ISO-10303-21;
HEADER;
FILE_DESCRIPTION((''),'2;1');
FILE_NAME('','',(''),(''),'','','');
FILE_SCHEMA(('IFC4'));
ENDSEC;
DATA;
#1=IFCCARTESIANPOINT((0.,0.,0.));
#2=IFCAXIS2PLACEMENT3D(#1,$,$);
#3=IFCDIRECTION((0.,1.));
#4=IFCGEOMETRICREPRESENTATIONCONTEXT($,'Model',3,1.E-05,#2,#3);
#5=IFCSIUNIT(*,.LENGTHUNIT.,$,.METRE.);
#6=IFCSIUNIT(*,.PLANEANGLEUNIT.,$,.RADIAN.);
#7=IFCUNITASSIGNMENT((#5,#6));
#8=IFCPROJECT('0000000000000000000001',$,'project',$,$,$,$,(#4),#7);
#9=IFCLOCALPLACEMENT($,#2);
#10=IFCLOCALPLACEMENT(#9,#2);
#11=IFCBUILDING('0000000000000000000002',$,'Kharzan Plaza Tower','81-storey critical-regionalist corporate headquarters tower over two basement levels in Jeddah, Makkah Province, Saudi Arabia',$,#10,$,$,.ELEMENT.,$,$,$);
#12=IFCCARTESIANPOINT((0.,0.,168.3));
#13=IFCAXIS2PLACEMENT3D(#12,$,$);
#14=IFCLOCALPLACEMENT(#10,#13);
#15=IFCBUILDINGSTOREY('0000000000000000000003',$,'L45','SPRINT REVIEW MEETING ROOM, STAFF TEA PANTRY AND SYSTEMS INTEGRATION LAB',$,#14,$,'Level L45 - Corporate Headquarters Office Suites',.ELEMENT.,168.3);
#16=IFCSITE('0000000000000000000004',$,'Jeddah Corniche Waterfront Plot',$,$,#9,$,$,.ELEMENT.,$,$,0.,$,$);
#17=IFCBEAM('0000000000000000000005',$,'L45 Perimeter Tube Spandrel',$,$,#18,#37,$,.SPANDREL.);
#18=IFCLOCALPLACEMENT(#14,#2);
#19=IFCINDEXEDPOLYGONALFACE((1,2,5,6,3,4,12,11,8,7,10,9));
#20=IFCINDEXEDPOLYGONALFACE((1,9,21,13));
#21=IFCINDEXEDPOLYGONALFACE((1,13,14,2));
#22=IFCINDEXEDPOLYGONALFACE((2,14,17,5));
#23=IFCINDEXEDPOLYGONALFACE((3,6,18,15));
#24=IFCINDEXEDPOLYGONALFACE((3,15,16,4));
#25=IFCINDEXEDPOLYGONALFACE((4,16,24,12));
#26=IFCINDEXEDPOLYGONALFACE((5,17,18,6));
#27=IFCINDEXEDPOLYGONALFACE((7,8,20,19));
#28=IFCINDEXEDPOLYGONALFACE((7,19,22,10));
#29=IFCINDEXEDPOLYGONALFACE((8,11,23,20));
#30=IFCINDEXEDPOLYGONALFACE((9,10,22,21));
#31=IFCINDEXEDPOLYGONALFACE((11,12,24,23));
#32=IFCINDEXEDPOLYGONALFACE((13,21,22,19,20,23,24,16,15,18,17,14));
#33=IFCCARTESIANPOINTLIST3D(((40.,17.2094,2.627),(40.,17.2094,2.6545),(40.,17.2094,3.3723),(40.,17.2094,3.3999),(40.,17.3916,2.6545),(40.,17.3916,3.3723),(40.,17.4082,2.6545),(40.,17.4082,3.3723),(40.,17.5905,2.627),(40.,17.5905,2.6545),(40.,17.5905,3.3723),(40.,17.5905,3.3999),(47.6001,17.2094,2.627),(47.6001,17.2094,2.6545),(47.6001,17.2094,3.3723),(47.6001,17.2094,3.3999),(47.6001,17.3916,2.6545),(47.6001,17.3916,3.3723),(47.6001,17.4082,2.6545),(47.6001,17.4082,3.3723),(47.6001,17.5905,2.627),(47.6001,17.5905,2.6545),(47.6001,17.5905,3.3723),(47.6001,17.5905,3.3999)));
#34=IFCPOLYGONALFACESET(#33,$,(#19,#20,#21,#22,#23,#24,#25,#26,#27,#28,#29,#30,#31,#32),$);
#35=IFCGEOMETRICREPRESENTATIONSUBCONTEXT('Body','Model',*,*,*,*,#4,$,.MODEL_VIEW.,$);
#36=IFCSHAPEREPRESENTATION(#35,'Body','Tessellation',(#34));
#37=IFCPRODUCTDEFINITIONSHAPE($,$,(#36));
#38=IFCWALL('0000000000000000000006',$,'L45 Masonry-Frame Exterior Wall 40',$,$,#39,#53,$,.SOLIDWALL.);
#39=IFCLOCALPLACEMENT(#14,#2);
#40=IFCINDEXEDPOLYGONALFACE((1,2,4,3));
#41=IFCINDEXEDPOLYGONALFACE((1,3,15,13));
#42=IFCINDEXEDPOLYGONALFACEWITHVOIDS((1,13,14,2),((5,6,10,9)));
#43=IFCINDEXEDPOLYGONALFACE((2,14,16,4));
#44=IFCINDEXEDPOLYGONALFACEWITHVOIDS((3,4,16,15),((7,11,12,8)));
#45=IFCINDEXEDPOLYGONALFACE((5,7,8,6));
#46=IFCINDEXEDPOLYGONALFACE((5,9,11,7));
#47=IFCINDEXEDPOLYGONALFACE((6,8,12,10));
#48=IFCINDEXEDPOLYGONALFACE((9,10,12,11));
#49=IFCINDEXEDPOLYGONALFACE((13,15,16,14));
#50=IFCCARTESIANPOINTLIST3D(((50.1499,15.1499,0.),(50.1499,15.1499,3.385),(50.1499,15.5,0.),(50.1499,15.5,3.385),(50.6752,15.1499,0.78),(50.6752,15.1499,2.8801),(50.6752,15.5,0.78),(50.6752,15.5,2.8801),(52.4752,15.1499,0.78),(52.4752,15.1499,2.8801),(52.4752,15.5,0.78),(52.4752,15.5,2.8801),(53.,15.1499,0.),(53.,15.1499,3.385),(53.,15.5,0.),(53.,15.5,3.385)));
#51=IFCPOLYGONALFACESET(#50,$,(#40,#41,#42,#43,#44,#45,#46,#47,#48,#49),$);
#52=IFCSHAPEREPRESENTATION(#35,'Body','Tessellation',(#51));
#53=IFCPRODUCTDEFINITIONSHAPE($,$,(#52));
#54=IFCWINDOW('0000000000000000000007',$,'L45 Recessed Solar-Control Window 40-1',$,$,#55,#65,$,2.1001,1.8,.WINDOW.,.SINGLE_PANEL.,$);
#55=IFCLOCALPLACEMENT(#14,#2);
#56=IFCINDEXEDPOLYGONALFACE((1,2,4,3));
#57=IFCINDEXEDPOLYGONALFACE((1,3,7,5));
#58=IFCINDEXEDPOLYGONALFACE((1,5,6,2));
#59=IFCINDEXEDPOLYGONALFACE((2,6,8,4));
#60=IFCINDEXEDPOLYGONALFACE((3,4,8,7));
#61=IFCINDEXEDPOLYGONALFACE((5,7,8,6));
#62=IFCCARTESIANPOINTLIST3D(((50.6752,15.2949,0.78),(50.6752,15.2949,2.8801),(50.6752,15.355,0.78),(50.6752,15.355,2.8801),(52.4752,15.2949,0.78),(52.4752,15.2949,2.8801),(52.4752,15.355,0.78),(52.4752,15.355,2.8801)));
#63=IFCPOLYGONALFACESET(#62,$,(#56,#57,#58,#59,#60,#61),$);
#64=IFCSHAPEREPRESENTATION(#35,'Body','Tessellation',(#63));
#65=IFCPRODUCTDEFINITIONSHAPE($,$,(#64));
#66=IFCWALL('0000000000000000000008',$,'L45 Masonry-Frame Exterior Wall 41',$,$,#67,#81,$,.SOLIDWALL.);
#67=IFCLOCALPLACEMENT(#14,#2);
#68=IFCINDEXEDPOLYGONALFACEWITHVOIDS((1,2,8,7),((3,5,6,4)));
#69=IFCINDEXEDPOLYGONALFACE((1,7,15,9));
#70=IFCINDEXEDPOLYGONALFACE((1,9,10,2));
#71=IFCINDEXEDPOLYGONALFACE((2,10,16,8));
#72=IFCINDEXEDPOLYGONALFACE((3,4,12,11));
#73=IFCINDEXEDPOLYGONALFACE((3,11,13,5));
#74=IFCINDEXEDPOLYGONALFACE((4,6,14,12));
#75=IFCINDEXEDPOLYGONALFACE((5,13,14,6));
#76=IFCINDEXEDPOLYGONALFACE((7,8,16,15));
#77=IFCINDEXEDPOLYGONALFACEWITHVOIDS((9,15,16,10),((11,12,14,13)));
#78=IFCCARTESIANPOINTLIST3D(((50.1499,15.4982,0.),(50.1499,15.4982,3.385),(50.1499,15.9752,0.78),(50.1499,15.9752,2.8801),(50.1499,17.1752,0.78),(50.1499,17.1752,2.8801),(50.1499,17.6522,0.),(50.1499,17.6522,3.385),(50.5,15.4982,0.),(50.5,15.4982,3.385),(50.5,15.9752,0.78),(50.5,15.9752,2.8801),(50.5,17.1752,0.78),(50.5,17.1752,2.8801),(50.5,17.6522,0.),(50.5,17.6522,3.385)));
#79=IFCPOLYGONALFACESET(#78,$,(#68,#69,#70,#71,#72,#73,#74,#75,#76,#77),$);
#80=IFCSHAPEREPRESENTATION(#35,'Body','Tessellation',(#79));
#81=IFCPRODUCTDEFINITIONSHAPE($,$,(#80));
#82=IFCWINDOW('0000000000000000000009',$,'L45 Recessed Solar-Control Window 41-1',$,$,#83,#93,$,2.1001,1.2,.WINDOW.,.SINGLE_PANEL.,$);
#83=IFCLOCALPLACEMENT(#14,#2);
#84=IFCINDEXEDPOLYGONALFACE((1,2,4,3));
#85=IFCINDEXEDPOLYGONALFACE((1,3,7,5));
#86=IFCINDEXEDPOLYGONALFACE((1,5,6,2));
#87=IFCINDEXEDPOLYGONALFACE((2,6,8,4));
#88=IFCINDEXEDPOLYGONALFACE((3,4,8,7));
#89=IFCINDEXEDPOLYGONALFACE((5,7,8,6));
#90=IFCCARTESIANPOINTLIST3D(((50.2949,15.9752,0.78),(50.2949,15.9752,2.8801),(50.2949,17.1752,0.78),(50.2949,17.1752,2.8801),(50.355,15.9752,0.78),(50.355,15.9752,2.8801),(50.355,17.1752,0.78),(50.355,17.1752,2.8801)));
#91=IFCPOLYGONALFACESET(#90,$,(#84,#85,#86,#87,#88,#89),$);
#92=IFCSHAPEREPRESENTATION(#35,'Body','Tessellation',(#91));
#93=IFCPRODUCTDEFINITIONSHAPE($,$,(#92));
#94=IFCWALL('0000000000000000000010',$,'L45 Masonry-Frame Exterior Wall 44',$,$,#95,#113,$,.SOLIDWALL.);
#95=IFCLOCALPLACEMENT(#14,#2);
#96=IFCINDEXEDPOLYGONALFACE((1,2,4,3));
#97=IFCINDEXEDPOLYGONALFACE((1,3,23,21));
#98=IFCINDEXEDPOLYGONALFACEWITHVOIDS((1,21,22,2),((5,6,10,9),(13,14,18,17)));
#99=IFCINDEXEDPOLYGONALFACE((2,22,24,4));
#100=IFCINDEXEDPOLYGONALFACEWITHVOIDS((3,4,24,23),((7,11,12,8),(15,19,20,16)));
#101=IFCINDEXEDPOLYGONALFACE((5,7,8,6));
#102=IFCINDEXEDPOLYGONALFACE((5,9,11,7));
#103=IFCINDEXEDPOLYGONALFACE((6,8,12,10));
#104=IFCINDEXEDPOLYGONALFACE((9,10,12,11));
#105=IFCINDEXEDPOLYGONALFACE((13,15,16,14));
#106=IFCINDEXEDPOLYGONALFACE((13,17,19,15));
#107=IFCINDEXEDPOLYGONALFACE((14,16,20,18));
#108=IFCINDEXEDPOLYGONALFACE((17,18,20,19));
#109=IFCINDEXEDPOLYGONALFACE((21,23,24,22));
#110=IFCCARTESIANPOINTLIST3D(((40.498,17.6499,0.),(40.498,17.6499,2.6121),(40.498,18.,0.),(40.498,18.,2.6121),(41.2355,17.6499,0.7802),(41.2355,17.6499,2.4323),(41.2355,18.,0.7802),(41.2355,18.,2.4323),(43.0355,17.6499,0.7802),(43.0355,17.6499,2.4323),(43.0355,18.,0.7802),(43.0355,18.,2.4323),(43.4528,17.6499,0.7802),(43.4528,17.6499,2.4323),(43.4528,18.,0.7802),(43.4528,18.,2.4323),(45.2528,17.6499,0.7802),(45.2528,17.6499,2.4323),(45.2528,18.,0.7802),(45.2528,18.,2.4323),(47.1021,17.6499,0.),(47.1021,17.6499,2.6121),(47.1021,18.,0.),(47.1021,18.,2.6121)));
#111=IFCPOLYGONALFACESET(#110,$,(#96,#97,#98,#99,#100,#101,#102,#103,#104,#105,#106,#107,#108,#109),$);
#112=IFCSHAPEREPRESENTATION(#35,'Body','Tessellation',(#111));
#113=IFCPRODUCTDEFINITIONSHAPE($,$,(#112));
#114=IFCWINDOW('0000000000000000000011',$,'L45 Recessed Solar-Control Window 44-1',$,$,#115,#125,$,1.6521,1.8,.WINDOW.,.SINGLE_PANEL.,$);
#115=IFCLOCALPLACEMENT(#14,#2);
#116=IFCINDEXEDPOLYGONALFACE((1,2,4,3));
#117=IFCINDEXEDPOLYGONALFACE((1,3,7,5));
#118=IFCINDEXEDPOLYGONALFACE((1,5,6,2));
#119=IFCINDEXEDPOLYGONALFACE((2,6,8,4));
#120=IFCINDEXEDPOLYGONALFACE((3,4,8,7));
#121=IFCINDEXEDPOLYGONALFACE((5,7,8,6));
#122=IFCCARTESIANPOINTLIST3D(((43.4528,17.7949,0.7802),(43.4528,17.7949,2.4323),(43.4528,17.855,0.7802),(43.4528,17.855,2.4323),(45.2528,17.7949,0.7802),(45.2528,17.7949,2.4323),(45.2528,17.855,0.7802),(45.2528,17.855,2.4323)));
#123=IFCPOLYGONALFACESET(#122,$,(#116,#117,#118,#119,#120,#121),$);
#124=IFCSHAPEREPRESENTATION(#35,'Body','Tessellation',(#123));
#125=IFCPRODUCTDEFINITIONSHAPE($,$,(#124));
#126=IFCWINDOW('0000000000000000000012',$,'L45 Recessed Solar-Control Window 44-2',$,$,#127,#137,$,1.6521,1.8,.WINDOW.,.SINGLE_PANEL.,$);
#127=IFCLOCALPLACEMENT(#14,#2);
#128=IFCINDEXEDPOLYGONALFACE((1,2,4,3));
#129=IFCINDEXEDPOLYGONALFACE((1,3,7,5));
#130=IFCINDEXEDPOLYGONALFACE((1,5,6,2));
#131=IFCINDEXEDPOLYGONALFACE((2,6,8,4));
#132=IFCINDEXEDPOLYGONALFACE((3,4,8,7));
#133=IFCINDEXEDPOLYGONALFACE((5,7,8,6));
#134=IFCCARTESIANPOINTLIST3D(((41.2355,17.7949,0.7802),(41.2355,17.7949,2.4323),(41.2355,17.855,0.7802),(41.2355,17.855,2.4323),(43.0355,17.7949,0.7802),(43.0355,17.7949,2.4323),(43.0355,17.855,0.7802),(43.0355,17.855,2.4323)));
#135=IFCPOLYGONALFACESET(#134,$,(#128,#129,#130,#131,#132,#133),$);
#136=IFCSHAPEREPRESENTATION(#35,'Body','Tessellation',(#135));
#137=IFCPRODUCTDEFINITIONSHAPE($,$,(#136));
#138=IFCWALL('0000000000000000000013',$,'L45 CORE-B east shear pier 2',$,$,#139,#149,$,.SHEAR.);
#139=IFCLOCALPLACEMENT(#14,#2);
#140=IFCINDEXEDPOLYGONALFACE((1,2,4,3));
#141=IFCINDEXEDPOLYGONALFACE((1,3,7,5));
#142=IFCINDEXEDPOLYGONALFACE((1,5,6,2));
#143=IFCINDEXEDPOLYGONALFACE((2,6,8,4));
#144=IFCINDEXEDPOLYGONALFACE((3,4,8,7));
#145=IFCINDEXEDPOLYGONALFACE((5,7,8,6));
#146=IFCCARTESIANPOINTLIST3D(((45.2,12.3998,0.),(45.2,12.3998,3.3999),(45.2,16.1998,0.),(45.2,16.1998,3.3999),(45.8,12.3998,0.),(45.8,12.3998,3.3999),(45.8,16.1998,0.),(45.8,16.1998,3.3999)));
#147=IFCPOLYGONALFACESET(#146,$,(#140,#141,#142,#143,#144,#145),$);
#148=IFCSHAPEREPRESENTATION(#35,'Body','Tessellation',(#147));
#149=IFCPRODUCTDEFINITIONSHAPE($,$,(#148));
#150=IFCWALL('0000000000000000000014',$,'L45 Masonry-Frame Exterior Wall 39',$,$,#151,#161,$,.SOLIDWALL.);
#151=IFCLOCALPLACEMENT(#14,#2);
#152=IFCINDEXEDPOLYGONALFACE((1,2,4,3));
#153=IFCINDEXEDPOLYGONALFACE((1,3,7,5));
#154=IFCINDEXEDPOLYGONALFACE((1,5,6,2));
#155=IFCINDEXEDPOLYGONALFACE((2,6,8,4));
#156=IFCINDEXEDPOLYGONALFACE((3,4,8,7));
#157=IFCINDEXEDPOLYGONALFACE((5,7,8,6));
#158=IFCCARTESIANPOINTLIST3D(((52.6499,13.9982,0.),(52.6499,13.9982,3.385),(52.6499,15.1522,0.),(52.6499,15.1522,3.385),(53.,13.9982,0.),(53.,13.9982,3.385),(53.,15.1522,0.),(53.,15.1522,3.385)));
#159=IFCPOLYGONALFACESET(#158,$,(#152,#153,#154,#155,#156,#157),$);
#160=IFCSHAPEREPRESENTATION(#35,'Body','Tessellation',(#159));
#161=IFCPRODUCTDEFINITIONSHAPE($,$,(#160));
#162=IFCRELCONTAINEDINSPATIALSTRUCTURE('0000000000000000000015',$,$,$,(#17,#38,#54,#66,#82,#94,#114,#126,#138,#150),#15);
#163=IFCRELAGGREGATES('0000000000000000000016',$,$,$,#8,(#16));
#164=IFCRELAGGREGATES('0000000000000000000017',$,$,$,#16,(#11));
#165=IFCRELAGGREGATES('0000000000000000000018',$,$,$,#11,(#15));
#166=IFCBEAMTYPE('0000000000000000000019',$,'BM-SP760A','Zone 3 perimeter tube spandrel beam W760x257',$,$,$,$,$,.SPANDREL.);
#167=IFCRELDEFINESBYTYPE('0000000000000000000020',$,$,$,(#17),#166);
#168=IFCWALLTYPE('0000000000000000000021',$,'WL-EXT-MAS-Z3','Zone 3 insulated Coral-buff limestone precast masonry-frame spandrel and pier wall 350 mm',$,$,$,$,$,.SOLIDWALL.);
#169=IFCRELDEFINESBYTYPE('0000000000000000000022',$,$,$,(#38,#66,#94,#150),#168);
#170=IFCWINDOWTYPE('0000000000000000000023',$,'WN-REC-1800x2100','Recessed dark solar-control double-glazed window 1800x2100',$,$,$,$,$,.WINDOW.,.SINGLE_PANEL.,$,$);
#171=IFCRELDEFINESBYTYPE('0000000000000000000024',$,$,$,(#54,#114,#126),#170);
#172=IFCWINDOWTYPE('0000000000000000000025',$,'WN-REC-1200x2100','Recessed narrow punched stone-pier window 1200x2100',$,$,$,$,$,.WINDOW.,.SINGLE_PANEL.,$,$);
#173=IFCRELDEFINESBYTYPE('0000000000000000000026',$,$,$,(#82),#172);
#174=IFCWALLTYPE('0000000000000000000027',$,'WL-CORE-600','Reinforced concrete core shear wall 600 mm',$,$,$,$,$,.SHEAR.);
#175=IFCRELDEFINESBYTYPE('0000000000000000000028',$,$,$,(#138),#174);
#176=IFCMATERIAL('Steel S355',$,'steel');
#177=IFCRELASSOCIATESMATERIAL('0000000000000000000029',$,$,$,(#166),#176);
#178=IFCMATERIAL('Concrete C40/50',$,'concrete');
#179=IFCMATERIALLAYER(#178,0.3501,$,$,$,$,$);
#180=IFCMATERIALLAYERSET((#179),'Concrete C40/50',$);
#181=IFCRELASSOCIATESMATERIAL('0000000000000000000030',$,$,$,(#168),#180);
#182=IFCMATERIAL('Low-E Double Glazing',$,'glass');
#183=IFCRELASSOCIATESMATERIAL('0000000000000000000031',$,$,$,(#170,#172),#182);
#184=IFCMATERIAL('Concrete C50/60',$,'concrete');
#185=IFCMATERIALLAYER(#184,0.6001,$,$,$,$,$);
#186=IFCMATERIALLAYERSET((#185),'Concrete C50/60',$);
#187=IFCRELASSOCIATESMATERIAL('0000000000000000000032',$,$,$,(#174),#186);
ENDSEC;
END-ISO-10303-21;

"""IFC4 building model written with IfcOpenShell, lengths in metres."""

from ifc_helpers import new_model, si_unit, direction, frame, frame_2d, origin, origin_2d, place, context, subcontext, project, spatial, rectangle, i_section, extrude, source, transform, mapped, material, layer, layer_set, material_profile, profile_set, type_object, element, fill, save


model = new_model("IFC4")

# Units and contexts
model_context = context("Model", 3, precision=1e-05, world=origin(), true_north=direction((0.0, 1.0)))
body_context = subcontext(model_context, "Body", "Model", "MODEL_VIEW")
ifc_project = project(units=[si_unit("LENGTHUNIT", "METRE"), si_unit("PLANEANGLEUNIT", "RADIAN")], contexts=[model_context])

# Site, building, storey
site_placement = place(None, origin())
site = spatial("IfcSite", under=ifc_project, at=site_placement, Name="Jeddah Corniche Waterfront Plot", CompositionType="ELEMENT", RefElevation=0.0)
building_placement = place(site_placement, origin())
building = spatial("IfcBuilding", under=site, at=building_placement, Name="Kharzan Plaza Tower", Description="81-storey critical-regionalist corporate headquarters tower over two basement levels in Jeddah, Makkah Province, Saudi Arabia", CompositionType="ELEMENT")
storey_placement = place(building_placement, frame((0.0, 0.0, 168.3)))
storey = spatial("IfcBuildingStorey", under=building, at=storey_placement, Name="L45", Description="SPRINT REVIEW MEETING ROOM, STAFF TEA PANTRY AND SYSTEMS INTEGRATION LAB", LongName="Level L45 - Corporate Headquarters Office Suites", CompositionType="ELEMENT", Elevation=168.3)

# Shared definitions
ifc_material_1 = material(Name="Concrete C50/60", Category="concrete")

# Beam
ifc_material_2 = material(Name="Steel S355", Category="steel")
ifc_material_profile_1 = material_profile(ifc_material_2, i_section(OverallWidth=0.3811, OverallDepth=0.7729, WebThickness=0.0166, FlangeThickness=0.0276, at=origin_2d()), Name="W760x257")
ifc_profile_set_1 = profile_set([ifc_material_profile_1], Name="Steel S355")
beam_type_1 = type_object("IfcBeamType", Name="BM-SP760A", Description="Zone 3 perimeter tube spandrel beam W760x257", PredefinedType="SPANDREL", material=ifc_profile_set_1)
shared_shape_1 = source(origin(), body_context, "Body", "SweptSolid", [
    extrude(i_section(OverallWidth=0.3811, OverallDepth=0.7729, WebThickness=0.0166, FlangeThickness=0.0276, at=origin_2d()), origin(), (0.0, 0.0, 1.0), 7.6001),
])
beam_1_placement = place(storey_placement, frame((40.0, 17.3999, 3.0134), z_axis=(1.0, 0.0, 0.0), x_axis=(0.0, 1.0, 0.0)))
element("IfcBeam", 1, at=beam_1_placement, inside=storey, type_object=beam_type_1, Name="L45 Perimeter Tube Spandrel", PredefinedType="SPANDREL", context=body_context, shape_type="MappedRepresentation", body=[
    mapped(shared_shape_1, transform((0.0, 0.0, 0.0), x_axis=(1.0, 0.0, 0.0), y_axis=(0.0, 1.0, 0.0), z_axis=(0.0, 0.0, 1.0))),
])

# Walls, openings, windows
ifc_material_3 = material(Name="Concrete C40/50", Category="concrete")
ifc_layer_1 = layer(ifc_material_3, 0.3501)
ifc_layer_set_1 = layer_set([ifc_layer_1], Name="Concrete C40/50")
wall_type_1 = type_object("IfcWallType", Name="WL-EXT-MAS-Z3", Description="Zone 3 insulated Coral-buff limestone precast masonry-frame spandrel and pier wall 350 mm", PredefinedType="SOLIDWALL", material=ifc_layer_set_1)
wall_1_placement = place(storey_placement, frame((53.0, 15.325, 0.0), z_axis=(0.0, 0.0, 1.0), x_axis=(-1.0, 0.0, 0.0)))
wall_1 = element("IfcWall", 2, at=wall_1_placement, inside=storey, type_object=wall_type_1, Name="L45 Masonry-Frame Exterior Wall 40", PredefinedType="SOLIDWALL", context=body_context, shape_type="SweptSolid", body=[
    extrude(rectangle(XDim=2.8501, YDim=0.3501, at=frame_2d((1.425, 0.0))), origin(), (0.0, 0.0, 1.0), 3.385),
])
opening_1_placement = place(wall_1_placement, frame((0.5249, 0.0, 0.78)))
opening_1 = element("IfcOpeningElement", 3, at=opening_1_placement, cuts=wall_1, PredefinedType="OPENING", context=body_context, shape_type="SweptSolid", body=[
    extrude(rectangle(XDim=1.8, YDim=2.1001, at=frame_2d((0.8999, 1.05))), frame((0.0, 0.1851, 0.0), z_axis=(0.0, -1.0, 0.0), x_axis=(1.0, 0.0, 0.0)), (0.0, 0.0, 1.0), 0.3701),
])
ifc_material_4 = material(Name="Low-E Double Glazing", Category="glass")
window_type_1 = type_object("IfcWindowType", Name="WN-REC-1800x2100", Description="Recessed dark solar-control double-glazed window 1800x2100", PartitioningType="SINGLE_PANEL", PredefinedType="WINDOW", material=ifc_material_4)
shared_shape_2 = source(origin(), body_context, "Body", "SweptSolid", [
    extrude(rectangle(XDim=1.8, YDim=2.1001, at=frame_2d((0.8999, 1.05))), frame((0.0, 0.03, 0.0), z_axis=(0.0, -1.0, 0.0), x_axis=(1.0, 0.0, 0.0)), (0.0, 0.0, 1.0), 0.0601),
])
window_1_placement = place(opening_1_placement, origin())
window_1 = element("IfcWindow", 4, at=window_1_placement, inside=storey, type_object=window_type_1, Name="L45 Recessed Solar-Control Window 40-1", OverallHeight=2.1001, OverallWidth=1.8, PartitioningType="SINGLE_PANEL", PredefinedType="WINDOW", context=body_context, shape_type="MappedRepresentation", body=[
    mapped(shared_shape_2, transform((0.0, 0.0, 0.0), x_axis=(1.0, 0.0, 0.0), y_axis=(0.0, 1.0, 0.0), z_axis=(0.0, 0.0, 1.0))),
])
fill(opening_1, window_1)
wall_2_placement = place(storey_placement, frame((50.325, 15.498, 0.0), z_axis=(0.0, 0.0, 1.0), x_axis=(0.0, 1.0, 0.0)))
wall_2 = element("IfcWall", 5, at=wall_2_placement, inside=storey, type_object=wall_type_1, Name="L45 Masonry-Frame Exterior Wall 41", PredefinedType="SOLIDWALL", context=body_context, shape_type="SweptSolid", body=[
    extrude(rectangle(XDim=2.1541, YDim=0.3501, at=frame_2d((1.0771, 0.0))), origin(), (0.0, 0.0, 1.0), 3.385),
])
opening_2_placement = place(wall_2_placement, frame((0.4771, 0.0, 0.78)))
opening_2 = element("IfcOpeningElement", 6, at=opening_2_placement, cuts=wall_2, PredefinedType="OPENING", context=body_context, shape_type="SweptSolid", body=[
    extrude(rectangle(XDim=1.2, YDim=2.1001, at=frame_2d((0.6001, 1.05))), frame((0.0, 0.1851, 0.0), z_axis=(0.0, -1.0, 0.0), x_axis=(1.0, 0.0, 0.0)), (0.0, 0.0, 1.0), 0.3701),
])
window_type_2 = type_object("IfcWindowType", Name="WN-REC-1200x2100", Description="Recessed narrow punched stone-pier window 1200x2100", PartitioningType="SINGLE_PANEL", PredefinedType="WINDOW", material=ifc_material_4)
shared_shape_3 = source(origin(), body_context, "Body", "SweptSolid", [
    extrude(rectangle(XDim=1.2, YDim=2.1001, at=frame_2d((0.6001, 1.05))), frame((0.0, 0.03, 0.0), z_axis=(0.0, -1.0, 0.0), x_axis=(1.0, 0.0, 0.0)), (0.0, 0.0, 1.0), 0.0601),
])
window_2_placement = place(opening_2_placement, origin())
window_2 = element("IfcWindow", 7, at=window_2_placement, inside=storey, type_object=window_type_2, Name="L45 Recessed Solar-Control Window 41-1", OverallHeight=2.1001, OverallWidth=1.2, PartitioningType="SINGLE_PANEL", PredefinedType="WINDOW", context=body_context, shape_type="MappedRepresentation", body=[
    mapped(shared_shape_3, transform((0.0, 0.0, 0.0), x_axis=(1.0, 0.0, 0.0), y_axis=(0.0, 1.0, 0.0), z_axis=(0.0, 0.0, 1.0))),
])
fill(opening_2, window_2)

# Wall, openings, windows
wall_3_placement = place(storey_placement, frame((47.1021, 17.825, 0.0), z_axis=(0.0, 0.0, 1.0), x_axis=(-1.0, 0.0, 0.0)))
wall_3 = element("IfcWall", 8, at=wall_3_placement, inside=storey, type_object=wall_type_1, Name="L45 Masonry-Frame Exterior Wall 44", PredefinedType="SOLIDWALL", context=body_context, shape_type="SweptSolid", body=[
    extrude(rectangle(XDim=6.604, YDim=0.3501, at=frame_2d((3.302, 0.0))), origin(), (0.0, 0.0, 1.0), 2.6121),
])
opening_3_placement = place(wall_3_placement, frame((1.8494, 0.0, 0.78)))
opening_3 = element("IfcOpeningElement", 9, at=opening_3_placement, cuts=wall_3, PredefinedType="OPENING", context=body_context, shape_type="SweptSolid", body=[
    extrude(rectangle(XDim=1.8, YDim=1.6521, at=frame_2d((0.8999, 0.8262))), frame((0.0, 0.1851, 0.0), z_axis=(0.0, -1.0, 0.0), x_axis=(1.0, 0.0, 0.0)), (0.0, 0.0, 1.0), 0.3701),
])
opening_4_placement = place(wall_3_placement, frame((4.0667, 0.0, 0.78)))
opening_4 = element("IfcOpeningElement", 10, at=opening_4_placement, cuts=wall_3, PredefinedType="OPENING", context=body_context, shape_type="SweptSolid", body=[
    extrude(rectangle(XDim=1.8, YDim=1.6521, at=frame_2d((0.8999, 0.8262))), frame((0.0, 0.1851, 0.0), z_axis=(0.0, -1.0, 0.0), x_axis=(1.0, 0.0, 0.0)), (0.0, 0.0, 1.0), 0.3701),
])
shared_shape_4 = source(origin(), body_context, "Body", "SweptSolid", [
    extrude(rectangle(XDim=1.8, YDim=1.6521, at=frame_2d((0.8999, 0.8262))), frame((0.0, 0.03, 0.0), z_axis=(0.0, -1.0, 0.0), x_axis=(1.0, 0.0, 0.0)), (0.0, 0.0, 1.0), 0.0601),
])
window_3_placement = place(opening_3_placement, origin())
window_3 = element("IfcWindow", 11, at=window_3_placement, inside=storey, type_object=window_type_1, Name="L45 Recessed Solar-Control Window 44-1", OverallHeight=1.6521, OverallWidth=1.8, PartitioningType="SINGLE_PANEL", PredefinedType="WINDOW", context=body_context, shape_type="MappedRepresentation", body=[
    mapped(shared_shape_4, transform((0.0, 0.0, 0.0), x_axis=(1.0, 0.0, 0.0), y_axis=(0.0, 1.0, 0.0), z_axis=(0.0, 0.0, 1.0))),
])
fill(opening_3, window_3)
window_4_placement = place(opening_4_placement, origin())
window_4 = element("IfcWindow", 12, at=window_4_placement, inside=storey, type_object=window_type_1, Name="L45 Recessed Solar-Control Window 44-2", OverallHeight=1.6521, OverallWidth=1.8, PartitioningType="SINGLE_PANEL", PredefinedType="WINDOW", context=body_context, shape_type="MappedRepresentation", body=[
    mapped(shared_shape_4, transform((0.0, 0.0, 0.0), x_axis=(1.0, 0.0, 0.0), y_axis=(0.0, 1.0, 0.0), z_axis=(0.0, 0.0, 1.0))),
])
fill(opening_4, window_4)

# Walls
ifc_layer_2 = layer(ifc_material_1, 0.6001)
ifc_layer_set_2 = layer_set([ifc_layer_2], Name="Concrete C50/60")
wall_type_2 = type_object("IfcWallType", Name="WL-CORE-600", Description="Reinforced concrete core shear wall 600 mm", PredefinedType="SHEAR", material=ifc_layer_set_2)
shared_shape_5 = source(origin(), body_context, "Body", "SweptSolid", [
    extrude(rectangle(XDim=3.8, YDim=0.6001, at=frame_2d((1.8999, 0.0))), origin(), (0.0, 0.0, 1.0), 3.3999),
])
wall_4_placement = place(storey_placement, frame((45.5, 12.3999, 0.0), z_axis=(0.0, 0.0, 1.0), x_axis=(0.0, 1.0, 0.0)))
element("IfcWall", 13, at=wall_4_placement, inside=storey, type_object=wall_type_2, Name="L45 CORE-B east shear pier 2", PredefinedType="SHEAR", context=body_context, shape_type="MappedRepresentation", body=[
    mapped(shared_shape_5, transform((0.0, 0.0, 0.0), x_axis=(1.0, 0.0, 0.0), y_axis=(0.0, 1.0, 0.0), z_axis=(0.0, 0.0, 1.0))),
])
shared_shape_6 = source(origin(), body_context, "Body", "SweptSolid", [
    extrude(rectangle(XDim=1.1541, YDim=0.3501, at=frame_2d((0.5771, 0.0))), origin(), (0.0, 0.0, 1.0), 3.385),
])
wall_5_placement = place(storey_placement, frame((52.825, 13.998, 0.0), z_axis=(0.0, 0.0, 1.0), x_axis=(0.0, 1.0, 0.0)))
element("IfcWall", 14, at=wall_5_placement, inside=storey, type_object=wall_type_1, Name="L45 Masonry-Frame Exterior Wall 39", PredefinedType="SOLIDWALL", context=body_context, shape_type="MappedRepresentation", body=[
    mapped(shared_shape_6, transform((0.0, 0.0, 0.0), x_axis=(1.0, 0.0, 0.0), y_axis=(0.0, 1.0, 0.0), z_axis=(0.0, 0.0, 1.0))),
])

save(model, "model.ifc")
